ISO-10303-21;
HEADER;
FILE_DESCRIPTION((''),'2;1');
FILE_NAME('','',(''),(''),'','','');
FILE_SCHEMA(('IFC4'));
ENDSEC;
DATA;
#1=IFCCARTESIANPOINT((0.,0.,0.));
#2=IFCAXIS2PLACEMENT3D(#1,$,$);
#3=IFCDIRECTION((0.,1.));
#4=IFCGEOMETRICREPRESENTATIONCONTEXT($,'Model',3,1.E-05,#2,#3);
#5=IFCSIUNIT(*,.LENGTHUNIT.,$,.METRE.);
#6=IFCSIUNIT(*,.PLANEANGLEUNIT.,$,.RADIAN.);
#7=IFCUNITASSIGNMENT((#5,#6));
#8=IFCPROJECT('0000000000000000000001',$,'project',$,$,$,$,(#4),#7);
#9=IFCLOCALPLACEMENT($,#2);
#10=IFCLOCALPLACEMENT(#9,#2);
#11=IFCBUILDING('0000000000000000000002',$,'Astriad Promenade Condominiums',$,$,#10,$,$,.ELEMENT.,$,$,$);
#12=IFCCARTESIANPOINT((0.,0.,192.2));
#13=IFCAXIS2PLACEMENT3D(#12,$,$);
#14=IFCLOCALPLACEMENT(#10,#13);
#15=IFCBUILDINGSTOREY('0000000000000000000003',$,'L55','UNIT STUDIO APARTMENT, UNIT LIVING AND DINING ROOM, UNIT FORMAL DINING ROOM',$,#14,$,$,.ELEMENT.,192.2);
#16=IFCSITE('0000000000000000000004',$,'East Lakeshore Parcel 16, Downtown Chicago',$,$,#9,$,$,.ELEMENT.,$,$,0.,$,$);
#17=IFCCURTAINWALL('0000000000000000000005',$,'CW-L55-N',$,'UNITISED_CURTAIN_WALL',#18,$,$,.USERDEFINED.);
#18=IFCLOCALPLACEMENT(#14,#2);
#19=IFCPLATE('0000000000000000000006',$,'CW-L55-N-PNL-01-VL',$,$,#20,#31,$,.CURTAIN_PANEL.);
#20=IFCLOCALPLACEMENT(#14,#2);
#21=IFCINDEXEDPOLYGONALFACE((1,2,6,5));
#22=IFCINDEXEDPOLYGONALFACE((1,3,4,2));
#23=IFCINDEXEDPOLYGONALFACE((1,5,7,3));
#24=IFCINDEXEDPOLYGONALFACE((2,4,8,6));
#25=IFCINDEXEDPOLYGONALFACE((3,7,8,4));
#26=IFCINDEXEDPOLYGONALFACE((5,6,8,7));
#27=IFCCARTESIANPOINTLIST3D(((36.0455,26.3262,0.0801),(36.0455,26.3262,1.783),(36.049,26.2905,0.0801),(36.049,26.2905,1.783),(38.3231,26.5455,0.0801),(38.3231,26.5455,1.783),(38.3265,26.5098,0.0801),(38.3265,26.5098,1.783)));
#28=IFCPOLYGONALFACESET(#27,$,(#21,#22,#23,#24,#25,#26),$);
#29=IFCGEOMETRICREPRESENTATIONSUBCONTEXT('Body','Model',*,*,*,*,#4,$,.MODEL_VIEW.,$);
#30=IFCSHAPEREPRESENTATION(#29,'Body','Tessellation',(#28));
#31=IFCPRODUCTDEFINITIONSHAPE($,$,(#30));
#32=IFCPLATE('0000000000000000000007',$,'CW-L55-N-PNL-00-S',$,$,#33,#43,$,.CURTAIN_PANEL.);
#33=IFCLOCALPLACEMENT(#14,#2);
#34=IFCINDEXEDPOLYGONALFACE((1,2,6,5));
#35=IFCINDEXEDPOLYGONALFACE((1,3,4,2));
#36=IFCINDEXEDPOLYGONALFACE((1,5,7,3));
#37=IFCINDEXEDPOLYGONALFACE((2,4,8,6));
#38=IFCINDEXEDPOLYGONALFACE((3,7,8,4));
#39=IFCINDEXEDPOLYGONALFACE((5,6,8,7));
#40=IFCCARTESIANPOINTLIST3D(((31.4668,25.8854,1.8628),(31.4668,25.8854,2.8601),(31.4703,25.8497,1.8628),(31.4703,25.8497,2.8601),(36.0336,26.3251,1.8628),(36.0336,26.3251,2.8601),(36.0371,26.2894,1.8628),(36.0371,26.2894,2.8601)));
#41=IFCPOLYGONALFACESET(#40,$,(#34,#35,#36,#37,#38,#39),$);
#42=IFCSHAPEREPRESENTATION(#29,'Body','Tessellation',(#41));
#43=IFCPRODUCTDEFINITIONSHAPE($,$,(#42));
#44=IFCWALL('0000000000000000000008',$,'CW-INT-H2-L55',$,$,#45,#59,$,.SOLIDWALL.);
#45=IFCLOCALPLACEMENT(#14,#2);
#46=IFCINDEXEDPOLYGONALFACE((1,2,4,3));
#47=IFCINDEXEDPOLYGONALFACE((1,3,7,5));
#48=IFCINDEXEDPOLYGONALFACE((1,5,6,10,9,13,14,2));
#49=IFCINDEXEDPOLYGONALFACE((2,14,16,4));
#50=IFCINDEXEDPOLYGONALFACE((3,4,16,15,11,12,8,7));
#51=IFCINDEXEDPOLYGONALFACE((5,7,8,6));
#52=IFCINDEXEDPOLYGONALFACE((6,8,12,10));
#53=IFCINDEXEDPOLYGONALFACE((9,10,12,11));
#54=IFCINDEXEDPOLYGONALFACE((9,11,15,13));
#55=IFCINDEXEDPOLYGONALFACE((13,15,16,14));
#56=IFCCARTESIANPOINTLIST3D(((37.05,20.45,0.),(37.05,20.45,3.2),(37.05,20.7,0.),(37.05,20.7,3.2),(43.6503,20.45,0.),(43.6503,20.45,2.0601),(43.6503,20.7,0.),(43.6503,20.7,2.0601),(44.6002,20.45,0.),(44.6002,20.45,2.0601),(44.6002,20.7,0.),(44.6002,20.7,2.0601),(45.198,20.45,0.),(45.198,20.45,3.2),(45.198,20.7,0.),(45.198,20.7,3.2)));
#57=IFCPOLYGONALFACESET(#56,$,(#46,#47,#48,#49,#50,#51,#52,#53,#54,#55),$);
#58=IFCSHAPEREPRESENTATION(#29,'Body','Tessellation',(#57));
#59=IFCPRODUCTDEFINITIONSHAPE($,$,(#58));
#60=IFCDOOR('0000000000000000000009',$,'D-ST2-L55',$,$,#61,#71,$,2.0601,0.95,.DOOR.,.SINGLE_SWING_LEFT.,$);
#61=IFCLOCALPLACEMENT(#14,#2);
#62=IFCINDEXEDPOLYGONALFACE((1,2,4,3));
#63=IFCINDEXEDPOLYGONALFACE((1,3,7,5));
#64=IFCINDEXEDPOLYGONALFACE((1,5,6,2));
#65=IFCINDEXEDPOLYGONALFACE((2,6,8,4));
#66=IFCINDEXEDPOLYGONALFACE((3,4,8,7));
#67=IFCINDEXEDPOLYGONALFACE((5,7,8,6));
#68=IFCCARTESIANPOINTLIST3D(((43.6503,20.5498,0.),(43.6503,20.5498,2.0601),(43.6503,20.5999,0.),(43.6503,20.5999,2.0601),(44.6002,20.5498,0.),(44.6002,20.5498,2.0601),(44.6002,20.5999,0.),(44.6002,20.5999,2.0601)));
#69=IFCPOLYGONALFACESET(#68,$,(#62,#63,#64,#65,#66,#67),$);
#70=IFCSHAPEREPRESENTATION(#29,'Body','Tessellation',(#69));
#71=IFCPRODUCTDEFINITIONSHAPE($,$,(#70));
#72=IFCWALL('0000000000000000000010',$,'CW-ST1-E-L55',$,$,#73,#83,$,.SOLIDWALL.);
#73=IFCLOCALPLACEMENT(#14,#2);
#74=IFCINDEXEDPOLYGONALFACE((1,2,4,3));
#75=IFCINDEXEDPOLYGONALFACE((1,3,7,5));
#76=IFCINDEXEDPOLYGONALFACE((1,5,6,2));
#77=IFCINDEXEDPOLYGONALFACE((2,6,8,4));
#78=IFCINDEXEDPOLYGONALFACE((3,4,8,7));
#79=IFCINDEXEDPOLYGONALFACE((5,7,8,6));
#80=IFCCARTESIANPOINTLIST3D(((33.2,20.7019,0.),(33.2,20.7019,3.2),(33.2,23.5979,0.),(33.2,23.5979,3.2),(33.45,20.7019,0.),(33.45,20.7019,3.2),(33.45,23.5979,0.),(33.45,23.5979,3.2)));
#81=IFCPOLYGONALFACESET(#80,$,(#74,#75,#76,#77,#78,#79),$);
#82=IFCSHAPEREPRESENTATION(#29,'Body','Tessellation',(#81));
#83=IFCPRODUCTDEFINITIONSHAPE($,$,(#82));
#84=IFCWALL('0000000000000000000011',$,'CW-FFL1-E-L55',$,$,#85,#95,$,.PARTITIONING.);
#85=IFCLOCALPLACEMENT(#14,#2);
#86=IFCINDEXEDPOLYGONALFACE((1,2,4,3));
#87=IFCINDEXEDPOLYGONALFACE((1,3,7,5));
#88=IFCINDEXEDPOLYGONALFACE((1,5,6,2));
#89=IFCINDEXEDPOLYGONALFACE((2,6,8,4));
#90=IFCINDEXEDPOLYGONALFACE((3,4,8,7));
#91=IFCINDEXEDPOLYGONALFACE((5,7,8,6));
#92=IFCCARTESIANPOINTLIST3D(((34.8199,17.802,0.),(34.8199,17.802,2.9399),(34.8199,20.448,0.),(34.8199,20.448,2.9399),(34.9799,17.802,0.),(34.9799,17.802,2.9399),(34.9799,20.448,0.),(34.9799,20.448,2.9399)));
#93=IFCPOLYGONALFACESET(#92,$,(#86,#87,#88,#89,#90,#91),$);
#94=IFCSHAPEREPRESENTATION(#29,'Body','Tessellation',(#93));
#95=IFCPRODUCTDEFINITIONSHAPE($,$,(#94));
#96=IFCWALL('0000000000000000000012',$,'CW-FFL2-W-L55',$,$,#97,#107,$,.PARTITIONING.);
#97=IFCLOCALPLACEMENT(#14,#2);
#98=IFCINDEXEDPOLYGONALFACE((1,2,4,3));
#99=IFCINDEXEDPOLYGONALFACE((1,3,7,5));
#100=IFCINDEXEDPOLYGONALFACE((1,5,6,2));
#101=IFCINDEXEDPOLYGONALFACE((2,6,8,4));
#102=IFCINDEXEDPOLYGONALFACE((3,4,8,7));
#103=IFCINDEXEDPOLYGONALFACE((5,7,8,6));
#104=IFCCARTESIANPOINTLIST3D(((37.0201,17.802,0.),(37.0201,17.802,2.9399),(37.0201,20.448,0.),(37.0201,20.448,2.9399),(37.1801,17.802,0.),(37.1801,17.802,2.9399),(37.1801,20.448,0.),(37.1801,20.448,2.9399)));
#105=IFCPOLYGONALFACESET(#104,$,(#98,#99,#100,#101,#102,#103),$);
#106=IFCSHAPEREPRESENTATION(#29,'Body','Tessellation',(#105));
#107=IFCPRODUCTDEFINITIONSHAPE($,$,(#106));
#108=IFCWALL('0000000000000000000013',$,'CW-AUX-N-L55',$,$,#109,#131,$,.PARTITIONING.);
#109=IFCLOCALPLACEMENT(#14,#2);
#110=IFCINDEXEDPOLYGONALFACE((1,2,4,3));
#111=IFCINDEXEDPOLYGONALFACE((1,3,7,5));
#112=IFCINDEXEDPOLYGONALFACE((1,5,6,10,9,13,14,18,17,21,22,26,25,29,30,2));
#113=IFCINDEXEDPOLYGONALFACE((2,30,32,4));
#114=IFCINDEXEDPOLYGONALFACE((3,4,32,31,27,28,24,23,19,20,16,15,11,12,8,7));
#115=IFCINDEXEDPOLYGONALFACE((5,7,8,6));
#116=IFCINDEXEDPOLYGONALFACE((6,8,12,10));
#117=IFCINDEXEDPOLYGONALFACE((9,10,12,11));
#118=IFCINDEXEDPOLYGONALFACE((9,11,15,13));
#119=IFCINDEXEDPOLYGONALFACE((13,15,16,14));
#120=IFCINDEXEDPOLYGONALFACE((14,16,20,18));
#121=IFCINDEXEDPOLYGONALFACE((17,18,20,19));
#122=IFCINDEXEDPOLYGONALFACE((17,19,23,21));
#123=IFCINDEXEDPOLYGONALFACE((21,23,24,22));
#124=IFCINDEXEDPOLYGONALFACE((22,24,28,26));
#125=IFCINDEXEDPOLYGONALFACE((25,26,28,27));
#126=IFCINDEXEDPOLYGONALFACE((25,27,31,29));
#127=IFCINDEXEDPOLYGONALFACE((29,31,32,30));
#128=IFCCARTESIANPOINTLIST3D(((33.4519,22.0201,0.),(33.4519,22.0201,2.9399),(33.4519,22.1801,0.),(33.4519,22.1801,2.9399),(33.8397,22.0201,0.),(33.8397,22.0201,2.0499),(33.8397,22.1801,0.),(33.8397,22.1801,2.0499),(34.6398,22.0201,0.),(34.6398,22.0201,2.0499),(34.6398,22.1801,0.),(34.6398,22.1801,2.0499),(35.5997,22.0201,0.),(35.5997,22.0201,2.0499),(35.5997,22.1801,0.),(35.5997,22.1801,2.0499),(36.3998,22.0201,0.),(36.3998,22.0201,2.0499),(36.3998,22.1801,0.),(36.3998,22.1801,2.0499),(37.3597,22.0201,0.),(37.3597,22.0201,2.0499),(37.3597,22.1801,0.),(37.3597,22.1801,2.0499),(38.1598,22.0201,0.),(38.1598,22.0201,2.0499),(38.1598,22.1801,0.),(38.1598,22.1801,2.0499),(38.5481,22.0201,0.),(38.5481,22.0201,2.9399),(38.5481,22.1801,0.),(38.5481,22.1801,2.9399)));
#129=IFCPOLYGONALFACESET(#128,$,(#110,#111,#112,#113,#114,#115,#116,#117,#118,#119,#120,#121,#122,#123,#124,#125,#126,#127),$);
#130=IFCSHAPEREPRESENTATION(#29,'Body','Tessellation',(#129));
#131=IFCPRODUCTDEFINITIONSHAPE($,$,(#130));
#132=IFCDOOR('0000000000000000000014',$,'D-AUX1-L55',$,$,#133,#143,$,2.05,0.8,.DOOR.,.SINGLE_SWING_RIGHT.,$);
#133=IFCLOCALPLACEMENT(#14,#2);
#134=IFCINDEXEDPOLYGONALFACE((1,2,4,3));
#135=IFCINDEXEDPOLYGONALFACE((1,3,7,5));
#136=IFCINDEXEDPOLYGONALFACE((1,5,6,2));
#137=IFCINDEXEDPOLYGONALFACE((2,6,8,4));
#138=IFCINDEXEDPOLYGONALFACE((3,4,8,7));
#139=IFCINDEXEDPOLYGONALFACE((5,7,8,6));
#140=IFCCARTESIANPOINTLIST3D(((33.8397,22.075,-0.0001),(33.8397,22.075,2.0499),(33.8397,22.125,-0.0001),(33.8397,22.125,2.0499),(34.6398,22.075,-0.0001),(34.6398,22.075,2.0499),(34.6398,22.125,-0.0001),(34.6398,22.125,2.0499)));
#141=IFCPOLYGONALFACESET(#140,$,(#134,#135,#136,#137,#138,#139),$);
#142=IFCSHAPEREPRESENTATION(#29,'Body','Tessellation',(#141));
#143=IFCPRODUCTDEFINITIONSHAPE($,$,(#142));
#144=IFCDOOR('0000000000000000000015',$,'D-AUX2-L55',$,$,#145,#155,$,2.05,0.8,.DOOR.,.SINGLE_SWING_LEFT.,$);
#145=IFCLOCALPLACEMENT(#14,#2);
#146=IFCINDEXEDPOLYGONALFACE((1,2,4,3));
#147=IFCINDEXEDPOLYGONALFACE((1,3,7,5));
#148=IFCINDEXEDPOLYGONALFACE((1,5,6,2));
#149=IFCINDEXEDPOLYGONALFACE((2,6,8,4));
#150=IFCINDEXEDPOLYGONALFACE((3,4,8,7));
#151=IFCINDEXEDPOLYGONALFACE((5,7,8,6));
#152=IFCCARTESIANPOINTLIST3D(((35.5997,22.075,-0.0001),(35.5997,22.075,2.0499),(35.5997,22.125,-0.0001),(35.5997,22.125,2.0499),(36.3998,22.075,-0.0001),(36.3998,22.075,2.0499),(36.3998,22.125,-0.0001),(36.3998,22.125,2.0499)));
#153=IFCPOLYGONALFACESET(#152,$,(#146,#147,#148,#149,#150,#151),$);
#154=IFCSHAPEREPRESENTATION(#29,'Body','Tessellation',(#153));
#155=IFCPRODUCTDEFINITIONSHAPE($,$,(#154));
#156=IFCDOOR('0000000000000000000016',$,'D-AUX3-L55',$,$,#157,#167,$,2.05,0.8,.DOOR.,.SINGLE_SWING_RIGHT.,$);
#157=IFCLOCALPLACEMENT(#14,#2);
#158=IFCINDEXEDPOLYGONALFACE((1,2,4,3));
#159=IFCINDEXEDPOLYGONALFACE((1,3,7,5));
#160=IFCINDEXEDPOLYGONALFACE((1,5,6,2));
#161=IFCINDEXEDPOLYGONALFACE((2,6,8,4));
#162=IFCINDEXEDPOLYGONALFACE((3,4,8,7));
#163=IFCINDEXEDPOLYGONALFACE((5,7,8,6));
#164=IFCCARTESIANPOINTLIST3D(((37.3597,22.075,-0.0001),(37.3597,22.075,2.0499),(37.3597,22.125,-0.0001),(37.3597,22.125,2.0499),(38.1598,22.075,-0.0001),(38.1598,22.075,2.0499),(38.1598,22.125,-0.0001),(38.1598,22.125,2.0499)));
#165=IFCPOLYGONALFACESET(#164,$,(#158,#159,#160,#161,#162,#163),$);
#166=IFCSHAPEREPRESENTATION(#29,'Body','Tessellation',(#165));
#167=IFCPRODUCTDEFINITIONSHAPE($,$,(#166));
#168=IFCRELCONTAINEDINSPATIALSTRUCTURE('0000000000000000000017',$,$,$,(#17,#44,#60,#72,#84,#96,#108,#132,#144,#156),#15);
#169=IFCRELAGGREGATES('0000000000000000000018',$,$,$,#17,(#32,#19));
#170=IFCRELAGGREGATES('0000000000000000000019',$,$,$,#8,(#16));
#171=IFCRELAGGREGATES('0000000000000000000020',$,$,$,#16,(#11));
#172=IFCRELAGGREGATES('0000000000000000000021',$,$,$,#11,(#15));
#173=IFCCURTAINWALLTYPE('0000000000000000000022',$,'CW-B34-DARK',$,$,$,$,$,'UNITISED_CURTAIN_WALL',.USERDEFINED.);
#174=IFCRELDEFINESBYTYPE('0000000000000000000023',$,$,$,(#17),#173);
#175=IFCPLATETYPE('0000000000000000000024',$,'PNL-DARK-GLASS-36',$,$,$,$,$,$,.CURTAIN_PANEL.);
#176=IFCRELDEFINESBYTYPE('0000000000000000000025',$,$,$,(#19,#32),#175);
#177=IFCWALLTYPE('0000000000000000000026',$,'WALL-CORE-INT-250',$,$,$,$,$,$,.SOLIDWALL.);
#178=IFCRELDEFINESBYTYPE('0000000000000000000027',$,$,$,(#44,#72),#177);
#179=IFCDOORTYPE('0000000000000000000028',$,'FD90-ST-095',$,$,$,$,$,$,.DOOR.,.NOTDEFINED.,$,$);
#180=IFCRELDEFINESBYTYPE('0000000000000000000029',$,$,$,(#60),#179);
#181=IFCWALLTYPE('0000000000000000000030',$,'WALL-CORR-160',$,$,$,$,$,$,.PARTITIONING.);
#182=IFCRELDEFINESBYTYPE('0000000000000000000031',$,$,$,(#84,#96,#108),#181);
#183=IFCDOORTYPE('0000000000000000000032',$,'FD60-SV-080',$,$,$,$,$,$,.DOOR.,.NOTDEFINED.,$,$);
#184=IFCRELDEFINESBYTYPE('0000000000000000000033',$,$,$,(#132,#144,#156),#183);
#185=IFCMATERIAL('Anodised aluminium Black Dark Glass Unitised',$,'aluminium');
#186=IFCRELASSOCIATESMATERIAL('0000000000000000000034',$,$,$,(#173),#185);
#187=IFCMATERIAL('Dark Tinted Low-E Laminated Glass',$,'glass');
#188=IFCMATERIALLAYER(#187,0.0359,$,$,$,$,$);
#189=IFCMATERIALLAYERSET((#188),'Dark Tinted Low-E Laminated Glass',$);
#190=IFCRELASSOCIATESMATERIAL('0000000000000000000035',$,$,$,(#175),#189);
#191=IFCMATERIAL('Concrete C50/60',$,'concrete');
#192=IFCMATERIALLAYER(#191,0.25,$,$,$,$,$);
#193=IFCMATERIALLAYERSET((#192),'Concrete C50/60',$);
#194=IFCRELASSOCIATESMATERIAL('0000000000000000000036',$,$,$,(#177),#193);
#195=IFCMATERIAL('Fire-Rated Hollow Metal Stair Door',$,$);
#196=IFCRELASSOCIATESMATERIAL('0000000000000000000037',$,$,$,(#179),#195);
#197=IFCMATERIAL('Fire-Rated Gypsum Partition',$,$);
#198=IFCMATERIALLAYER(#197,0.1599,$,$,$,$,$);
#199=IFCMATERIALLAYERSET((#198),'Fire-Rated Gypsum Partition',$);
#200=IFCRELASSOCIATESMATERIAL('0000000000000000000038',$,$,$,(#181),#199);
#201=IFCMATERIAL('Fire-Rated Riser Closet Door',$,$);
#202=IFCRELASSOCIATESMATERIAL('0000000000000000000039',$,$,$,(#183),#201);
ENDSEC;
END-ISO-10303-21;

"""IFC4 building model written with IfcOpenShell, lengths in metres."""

from ifc_helpers import new_model, si_unit, direction, frame, frame_2d, origin, origin_2d, place, context, subcontext, project, spatial, rectangle, extrude, source, transform, mapped, material, layer, layer_set, type_object, type_shapes, element, fill, aggregate, save


model = new_model("IFC4")

# Units and contexts
model_context = context("Model", 3, precision=1e-05, world=origin(), true_north=direction((0.0, 1.0)))
body_context = subcontext(model_context, "Body", "Model", "MODEL_VIEW")
ifc_project = project(units=[si_unit("LENGTHUNIT", "METRE"), si_unit("PLANEANGLEUNIT", "RADIAN")], contexts=[model_context])

# Site, building, storey
site_placement = place(None, origin())
site = spatial("IfcSite", under=ifc_project, at=site_placement, Name="East Lakeshore Parcel 16, Downtown Chicago", CompositionType="ELEMENT", RefElevation=0.0)
building_placement = place(site_placement, origin())
building = spatial("IfcBuilding", under=site, at=building_placement, Name="Astriad Promenade Condominiums", CompositionType="ELEMENT")
storey_placement = place(building_placement, frame((0.0, 0.0, 192.2)))
storey = spatial("IfcBuildingStorey", under=building, at=storey_placement, Name="L55", Description="UNIT STUDIO APARTMENT, UNIT LIVING AND DINING ROOM, UNIT FORMAL DINING ROOM", CompositionType="ELEMENT", Elevation=192.2)

# Curtain wall, plates
ifc_material_1 = material(Name="Anodised aluminium Black Dark Glass Unitised", Category="aluminium")
curtain_wall_type = type_object("IfcCurtainWallType", Name="CW-B34-DARK", ElementType="UNITISED_CURTAIN_WALL", PredefinedType="USERDEFINED", material=ifc_material_1)
curtain_wall_placement = place(storey_placement, origin())
curtain_wall = element("IfcCurtainWall", 1, at=curtain_wall_placement, inside=storey, type_object=curtain_wall_type, Name="CW-L55-N", ObjectType="UNITISED_CURTAIN_WALL", PredefinedType="USERDEFINED")
ifc_material_2 = material(Name="Dark Tinted Low-E Laminated Glass", Category="glass")
ifc_layer_1 = layer(ifc_material_2, 0.0359)
ifc_layer_set_1 = layer_set([ifc_layer_1], Name="Dark Tinted Low-E Laminated Glass")
plate_type = type_object("IfcPlateType", Name="PNL-DARK-GLASS-36", PredefinedType="CURTAIN_PANEL", material=ifc_layer_set_1)
shared_shape_1 = source(origin(), body_context, "Body", "SweptSolid", [
    extrude(rectangle(XDim=2.2881, YDim=0.0359, at=origin_2d()), origin(), (0.0, 0.0, 1.0), 1.7029),
])
plate_1_placement = place(storey_placement, frame((37.186, 26.418, 0.0801), z_axis=(0.0, 0.0, 1.0), x_axis=(0.995396, 0.095846, 0.0)))
plate_1 = element("IfcPlate", 2, at=plate_1_placement, type_object=plate_type, Name="CW-L55-N-PNL-01-VL", PredefinedType="CURTAIN_PANEL", context=body_context, shape_type="MappedRepresentation", body=[
    mapped(shared_shape_1, transform((0.0, 0.0, 0.0), scale=1.0)),
])
shared_shape_2 = source(origin(), body_context, "Body", "SweptSolid", [
    extrude(rectangle(XDim=4.5879, YDim=0.0359, at=origin_2d()), origin(), (0.0, 0.0, 1.0), 0.9973),
])
type_shapes(plate_type, [shared_shape_1, shared_shape_2])
plate_2_placement = place(storey_placement, frame((33.752, 26.0874, 1.8628), z_axis=(0.0, 0.0, 1.0), x_axis=(0.995396, 0.095846, 0.0)))
plate_2 = element("IfcPlate", 3, at=plate_2_placement, type_object=plate_type, Name="CW-L55-N-PNL-00-S", PredefinedType="CURTAIN_PANEL", context=body_context, shape_type="MappedRepresentation", body=[
    mapped(shared_shape_2, transform((0.0, 0.0, 0.0), scale=1.0)),
])
aggregate(curtain_wall, [plate_2, plate_1])

# Wall, opening, door
ifc_material_3 = material(Name="Concrete C50/60", Category="concrete")
ifc_layer_2 = layer(ifc_material_3, 0.25)
ifc_layer_set_2 = layer_set([ifc_layer_2], Name="Concrete C50/60")
wall_type_1 = type_object("IfcWallType", Name="WALL-CORE-INT-250", PredefinedType="SOLIDWALL", material=ifc_layer_set_2)
wall_1_placement = place(storey_placement, frame((37.05, 20.575, 0.0), z_axis=(0.0, 0.0, 1.0), x_axis=(1.0, 0.0, 0.0)))
wall_1 = element("IfcWall", 4, at=wall_1_placement, inside=storey, type_object=wall_type_1, Name="CW-INT-H2-L55", PredefinedType="SOLIDWALL", context=body_context, shape_type="SweptSolid", body=[
    extrude(rectangle(XDim=8.1479, YDim=0.25, at=frame_2d((4.074, 0.0))), origin(), (0.0, 0.0, 1.0), 3.2),
])
opening_1_placement = place(wall_1_placement, frame((6.6001, 0.0, 0.0)))
opening_1 = element("IfcOpeningElement", 5, at=opening_1_placement, cuts=wall_1, PredefinedType="OPENING", context=body_context, shape_type="SweptSolid", body=[
    extrude(rectangle(XDim=0.95, YDim=2.0601, at=frame_2d((0.4751, 1.03))), frame((0.0, 0.135, 0.0), z_axis=(0.0, -1.0, 0.0), x_axis=(1.0, 0.0, 0.0)), (0.0, 0.0, 1.0), 0.27),
])
ifc_material_4 = material(Name="Fire-Rated Hollow Metal Stair Door")
door_type_1 = type_object("IfcDoorType", Name="FD90-ST-095", OperationType="NOTDEFINED", PredefinedType="DOOR", material=ifc_material_4)
shared_shape_3 = source(origin(), body_context, "Body", "SweptSolid", [
    extrude(rectangle(XDim=0.95, YDim=2.0601, at=frame_2d((0.4751, 1.03))), frame((0.0, 0.0249, 0.0), z_axis=(0.0, -1.0, 0.0), x_axis=(1.0, 0.0, 0.0)), (0.0, 0.0, 1.0), 0.05),
])
type_shapes(door_type_1, [shared_shape_3])
door_1_placement = place(opening_1_placement, origin())
door_1 = element("IfcDoor", 6, at=door_1_placement, inside=storey, type_object=door_type_1, Name="D-ST2-L55", OperationType="SINGLE_SWING_LEFT", OverallHeight=2.0601, OverallWidth=0.95, PredefinedType="DOOR", context=body_context, shape_type="MappedRepresentation", body=[
    mapped(shared_shape_3, transform((0.0, 0.0, 0.0), scale=1.0)),
])
fill(opening_1, door_1)

# Walls
wall_2_placement = place(storey_placement, frame((33.325, 20.7019, 0.0), z_axis=(0.0, 0.0, 1.0), x_axis=(0.0, 1.0, 0.0)))
element("IfcWall", 7, at=wall_2_placement, inside=storey, type_object=wall_type_1, Name="CW-ST1-E-L55", PredefinedType="SOLIDWALL", context=body_context, shape_type="SweptSolid", body=[
    extrude(rectangle(XDim=2.896, YDim=0.25, at=frame_2d((1.448, 0.0))), origin(), (0.0, 0.0, 1.0), 3.2),
])
ifc_material_5 = material(Name="Fire-Rated Gypsum Partition")
ifc_layer_3 = layer(ifc_material_5, 0.1599)
ifc_layer_set_3 = layer_set([ifc_layer_3], Name="Fire-Rated Gypsum Partition")
wall_type_2 = type_object("IfcWallType", Name="WALL-CORR-160", PredefinedType="PARTITIONING", material=ifc_layer_set_3)
for number, where, z_axis, x_axis, name in (
    (8, (34.8999, 17.802, 0.0), (0.0, 0.0, 1.0), (0.0, 1.0, 0.0), "CW-FFL1-E-L55"),
    (9, (37.1001, 17.802, 0.0), (0.0, 0.0, 1.0), (0.0, 1.0, 0.0), "CW-FFL2-W-L55"),
):
    element("IfcWall", number, at=place(storey_placement, frame(where, z_axis=z_axis, x_axis=x_axis)), inside=storey, type_object=wall_type_2, Name=name, PredefinedType="PARTITIONING", context=body_context, shape_type="SweptSolid", body=[
        extrude(rectangle(XDim=2.646, YDim=0.1599, at=frame_2d((1.323, 0.0))), origin(), (0.0, 0.0, 1.0), 2.9399),
    ])

# Wall, openings, doors
wall_3_placement = place(storey_placement, frame((33.4519, 22.1001, 0.0), z_axis=(0.0, 0.0, 1.0), x_axis=(1.0, 0.0, 0.0)))
wall_3 = element("IfcWall", 10, at=wall_3_placement, inside=storey, type_object=wall_type_2, Name="CW-AUX-N-L55", PredefinedType="PARTITIONING", context=body_context, shape_type="SweptSolid", body=[
    extrude(rectangle(XDim=5.0962, YDim=0.1599, at=frame_2d((2.5481, 0.0))), origin(), (0.0, 0.0, 1.0), 2.9399),
])
opening_2_placement = place(wall_3_placement, frame((0.3879, 0.0, 0.0)))
opening_2 = element("IfcOpeningElement", 11, at=opening_2_placement, cuts=wall_3, PredefinedType="OPENING", context=body_context, shape_type="SweptSolid", body=[
    extrude(rectangle(XDim=0.8, YDim=2.05, at=frame_2d((0.3999, 1.0249))), frame((0.0, 0.0898, 0.0), z_axis=(0.0, -1.0, 0.0), x_axis=(1.0, 0.0, 0.0)), (0.0, 0.0, 1.0), 0.1799),
])
opening_3_placement = place(wall_3_placement, frame((2.1479, 0.0, 0.0)))
opening_3 = element("IfcOpeningElement", 12, at=opening_3_placement, cuts=wall_3, PredefinedType="OPENING", context=body_context, shape_type="SweptSolid", body=[
    extrude(rectangle(XDim=0.8, YDim=2.05, at=frame_2d((0.3999, 1.0249))), frame((0.0, 0.0898, 0.0), z_axis=(0.0, -1.0, 0.0), x_axis=(1.0, 0.0, 0.0)), (0.0, 0.0, 1.0), 0.1799),
])
opening_4_placement = place(wall_3_placement, frame((3.908, 0.0, 0.0)))
opening_4 = element("IfcOpeningElement", 13, at=opening_4_placement, cuts=wall_3, PredefinedType="OPENING", context=body_context, shape_type="SweptSolid", body=[
    extrude(rectangle(XDim=0.8, YDim=2.05, at=frame_2d((0.3999, 1.0249))), frame((0.0, 0.0898, 0.0), z_axis=(0.0, -1.0, 0.0), x_axis=(1.0, 0.0, 0.0)), (0.0, 0.0, 1.0), 0.1799),
])
ifc_material_6 = material(Name="Fire-Rated Riser Closet Door")
door_type_2 = type_object("IfcDoorType", Name="FD60-SV-080", OperationType="NOTDEFINED", PredefinedType="DOOR", material=ifc_material_6)
shared_shape_4 = source(origin(), body_context, "Body", "SweptSolid", [
    extrude(rectangle(XDim=0.8, YDim=2.05, at=frame_2d((0.3999, 1.0249))), frame((0.0, 0.0249, 0.0), z_axis=(0.0, -1.0, 0.0), x_axis=(1.0, 0.0, 0.0)), (0.0, 0.0, 1.0), 0.05),
])
type_shapes(door_type_2, [shared_shape_4])
door_2_placement = place(opening_2_placement, origin())
door_2 = element("IfcDoor", 14, at=door_2_placement, inside=storey, type_object=door_type_2, Name="D-AUX1-L55", OperationType="SINGLE_SWING_RIGHT", OverallHeight=2.05, OverallWidth=0.8, PredefinedType="DOOR", context=body_context, shape_type="MappedRepresentation", body=[
    mapped(shared_shape_4, transform((0.0, 0.0, 0.0), scale=1.0)),
])
fill(opening_2, door_2)
door_3_placement = place(opening_3_placement, origin())
door_3 = element("IfcDoor", 15, at=door_3_placement, inside=storey, type_object=door_type_2, Name="D-AUX2-L55", OperationType="SINGLE_SWING_LEFT", OverallHeight=2.05, OverallWidth=0.8, PredefinedType="DOOR", context=body_context, shape_type="MappedRepresentation", body=[
    mapped(shared_shape_4, transform((0.0, 0.0, 0.0), scale=1.0)),
])
fill(opening_3, door_3)
door_4_placement = place(opening_4_placement, origin())
door_4 = element("IfcDoor", 16, at=door_4_placement, inside=storey, type_object=door_type_2, Name="D-AUX3-L55", OperationType="SINGLE_SWING_RIGHT", OverallHeight=2.05, OverallWidth=0.8, PredefinedType="DOOR", context=body_context, shape_type="MappedRepresentation", body=[
    mapped(shared_shape_4, transform((0.0, 0.0, 0.0), scale=1.0)),
])
fill(opening_4, door_4)

save(model, "model.ifc")
